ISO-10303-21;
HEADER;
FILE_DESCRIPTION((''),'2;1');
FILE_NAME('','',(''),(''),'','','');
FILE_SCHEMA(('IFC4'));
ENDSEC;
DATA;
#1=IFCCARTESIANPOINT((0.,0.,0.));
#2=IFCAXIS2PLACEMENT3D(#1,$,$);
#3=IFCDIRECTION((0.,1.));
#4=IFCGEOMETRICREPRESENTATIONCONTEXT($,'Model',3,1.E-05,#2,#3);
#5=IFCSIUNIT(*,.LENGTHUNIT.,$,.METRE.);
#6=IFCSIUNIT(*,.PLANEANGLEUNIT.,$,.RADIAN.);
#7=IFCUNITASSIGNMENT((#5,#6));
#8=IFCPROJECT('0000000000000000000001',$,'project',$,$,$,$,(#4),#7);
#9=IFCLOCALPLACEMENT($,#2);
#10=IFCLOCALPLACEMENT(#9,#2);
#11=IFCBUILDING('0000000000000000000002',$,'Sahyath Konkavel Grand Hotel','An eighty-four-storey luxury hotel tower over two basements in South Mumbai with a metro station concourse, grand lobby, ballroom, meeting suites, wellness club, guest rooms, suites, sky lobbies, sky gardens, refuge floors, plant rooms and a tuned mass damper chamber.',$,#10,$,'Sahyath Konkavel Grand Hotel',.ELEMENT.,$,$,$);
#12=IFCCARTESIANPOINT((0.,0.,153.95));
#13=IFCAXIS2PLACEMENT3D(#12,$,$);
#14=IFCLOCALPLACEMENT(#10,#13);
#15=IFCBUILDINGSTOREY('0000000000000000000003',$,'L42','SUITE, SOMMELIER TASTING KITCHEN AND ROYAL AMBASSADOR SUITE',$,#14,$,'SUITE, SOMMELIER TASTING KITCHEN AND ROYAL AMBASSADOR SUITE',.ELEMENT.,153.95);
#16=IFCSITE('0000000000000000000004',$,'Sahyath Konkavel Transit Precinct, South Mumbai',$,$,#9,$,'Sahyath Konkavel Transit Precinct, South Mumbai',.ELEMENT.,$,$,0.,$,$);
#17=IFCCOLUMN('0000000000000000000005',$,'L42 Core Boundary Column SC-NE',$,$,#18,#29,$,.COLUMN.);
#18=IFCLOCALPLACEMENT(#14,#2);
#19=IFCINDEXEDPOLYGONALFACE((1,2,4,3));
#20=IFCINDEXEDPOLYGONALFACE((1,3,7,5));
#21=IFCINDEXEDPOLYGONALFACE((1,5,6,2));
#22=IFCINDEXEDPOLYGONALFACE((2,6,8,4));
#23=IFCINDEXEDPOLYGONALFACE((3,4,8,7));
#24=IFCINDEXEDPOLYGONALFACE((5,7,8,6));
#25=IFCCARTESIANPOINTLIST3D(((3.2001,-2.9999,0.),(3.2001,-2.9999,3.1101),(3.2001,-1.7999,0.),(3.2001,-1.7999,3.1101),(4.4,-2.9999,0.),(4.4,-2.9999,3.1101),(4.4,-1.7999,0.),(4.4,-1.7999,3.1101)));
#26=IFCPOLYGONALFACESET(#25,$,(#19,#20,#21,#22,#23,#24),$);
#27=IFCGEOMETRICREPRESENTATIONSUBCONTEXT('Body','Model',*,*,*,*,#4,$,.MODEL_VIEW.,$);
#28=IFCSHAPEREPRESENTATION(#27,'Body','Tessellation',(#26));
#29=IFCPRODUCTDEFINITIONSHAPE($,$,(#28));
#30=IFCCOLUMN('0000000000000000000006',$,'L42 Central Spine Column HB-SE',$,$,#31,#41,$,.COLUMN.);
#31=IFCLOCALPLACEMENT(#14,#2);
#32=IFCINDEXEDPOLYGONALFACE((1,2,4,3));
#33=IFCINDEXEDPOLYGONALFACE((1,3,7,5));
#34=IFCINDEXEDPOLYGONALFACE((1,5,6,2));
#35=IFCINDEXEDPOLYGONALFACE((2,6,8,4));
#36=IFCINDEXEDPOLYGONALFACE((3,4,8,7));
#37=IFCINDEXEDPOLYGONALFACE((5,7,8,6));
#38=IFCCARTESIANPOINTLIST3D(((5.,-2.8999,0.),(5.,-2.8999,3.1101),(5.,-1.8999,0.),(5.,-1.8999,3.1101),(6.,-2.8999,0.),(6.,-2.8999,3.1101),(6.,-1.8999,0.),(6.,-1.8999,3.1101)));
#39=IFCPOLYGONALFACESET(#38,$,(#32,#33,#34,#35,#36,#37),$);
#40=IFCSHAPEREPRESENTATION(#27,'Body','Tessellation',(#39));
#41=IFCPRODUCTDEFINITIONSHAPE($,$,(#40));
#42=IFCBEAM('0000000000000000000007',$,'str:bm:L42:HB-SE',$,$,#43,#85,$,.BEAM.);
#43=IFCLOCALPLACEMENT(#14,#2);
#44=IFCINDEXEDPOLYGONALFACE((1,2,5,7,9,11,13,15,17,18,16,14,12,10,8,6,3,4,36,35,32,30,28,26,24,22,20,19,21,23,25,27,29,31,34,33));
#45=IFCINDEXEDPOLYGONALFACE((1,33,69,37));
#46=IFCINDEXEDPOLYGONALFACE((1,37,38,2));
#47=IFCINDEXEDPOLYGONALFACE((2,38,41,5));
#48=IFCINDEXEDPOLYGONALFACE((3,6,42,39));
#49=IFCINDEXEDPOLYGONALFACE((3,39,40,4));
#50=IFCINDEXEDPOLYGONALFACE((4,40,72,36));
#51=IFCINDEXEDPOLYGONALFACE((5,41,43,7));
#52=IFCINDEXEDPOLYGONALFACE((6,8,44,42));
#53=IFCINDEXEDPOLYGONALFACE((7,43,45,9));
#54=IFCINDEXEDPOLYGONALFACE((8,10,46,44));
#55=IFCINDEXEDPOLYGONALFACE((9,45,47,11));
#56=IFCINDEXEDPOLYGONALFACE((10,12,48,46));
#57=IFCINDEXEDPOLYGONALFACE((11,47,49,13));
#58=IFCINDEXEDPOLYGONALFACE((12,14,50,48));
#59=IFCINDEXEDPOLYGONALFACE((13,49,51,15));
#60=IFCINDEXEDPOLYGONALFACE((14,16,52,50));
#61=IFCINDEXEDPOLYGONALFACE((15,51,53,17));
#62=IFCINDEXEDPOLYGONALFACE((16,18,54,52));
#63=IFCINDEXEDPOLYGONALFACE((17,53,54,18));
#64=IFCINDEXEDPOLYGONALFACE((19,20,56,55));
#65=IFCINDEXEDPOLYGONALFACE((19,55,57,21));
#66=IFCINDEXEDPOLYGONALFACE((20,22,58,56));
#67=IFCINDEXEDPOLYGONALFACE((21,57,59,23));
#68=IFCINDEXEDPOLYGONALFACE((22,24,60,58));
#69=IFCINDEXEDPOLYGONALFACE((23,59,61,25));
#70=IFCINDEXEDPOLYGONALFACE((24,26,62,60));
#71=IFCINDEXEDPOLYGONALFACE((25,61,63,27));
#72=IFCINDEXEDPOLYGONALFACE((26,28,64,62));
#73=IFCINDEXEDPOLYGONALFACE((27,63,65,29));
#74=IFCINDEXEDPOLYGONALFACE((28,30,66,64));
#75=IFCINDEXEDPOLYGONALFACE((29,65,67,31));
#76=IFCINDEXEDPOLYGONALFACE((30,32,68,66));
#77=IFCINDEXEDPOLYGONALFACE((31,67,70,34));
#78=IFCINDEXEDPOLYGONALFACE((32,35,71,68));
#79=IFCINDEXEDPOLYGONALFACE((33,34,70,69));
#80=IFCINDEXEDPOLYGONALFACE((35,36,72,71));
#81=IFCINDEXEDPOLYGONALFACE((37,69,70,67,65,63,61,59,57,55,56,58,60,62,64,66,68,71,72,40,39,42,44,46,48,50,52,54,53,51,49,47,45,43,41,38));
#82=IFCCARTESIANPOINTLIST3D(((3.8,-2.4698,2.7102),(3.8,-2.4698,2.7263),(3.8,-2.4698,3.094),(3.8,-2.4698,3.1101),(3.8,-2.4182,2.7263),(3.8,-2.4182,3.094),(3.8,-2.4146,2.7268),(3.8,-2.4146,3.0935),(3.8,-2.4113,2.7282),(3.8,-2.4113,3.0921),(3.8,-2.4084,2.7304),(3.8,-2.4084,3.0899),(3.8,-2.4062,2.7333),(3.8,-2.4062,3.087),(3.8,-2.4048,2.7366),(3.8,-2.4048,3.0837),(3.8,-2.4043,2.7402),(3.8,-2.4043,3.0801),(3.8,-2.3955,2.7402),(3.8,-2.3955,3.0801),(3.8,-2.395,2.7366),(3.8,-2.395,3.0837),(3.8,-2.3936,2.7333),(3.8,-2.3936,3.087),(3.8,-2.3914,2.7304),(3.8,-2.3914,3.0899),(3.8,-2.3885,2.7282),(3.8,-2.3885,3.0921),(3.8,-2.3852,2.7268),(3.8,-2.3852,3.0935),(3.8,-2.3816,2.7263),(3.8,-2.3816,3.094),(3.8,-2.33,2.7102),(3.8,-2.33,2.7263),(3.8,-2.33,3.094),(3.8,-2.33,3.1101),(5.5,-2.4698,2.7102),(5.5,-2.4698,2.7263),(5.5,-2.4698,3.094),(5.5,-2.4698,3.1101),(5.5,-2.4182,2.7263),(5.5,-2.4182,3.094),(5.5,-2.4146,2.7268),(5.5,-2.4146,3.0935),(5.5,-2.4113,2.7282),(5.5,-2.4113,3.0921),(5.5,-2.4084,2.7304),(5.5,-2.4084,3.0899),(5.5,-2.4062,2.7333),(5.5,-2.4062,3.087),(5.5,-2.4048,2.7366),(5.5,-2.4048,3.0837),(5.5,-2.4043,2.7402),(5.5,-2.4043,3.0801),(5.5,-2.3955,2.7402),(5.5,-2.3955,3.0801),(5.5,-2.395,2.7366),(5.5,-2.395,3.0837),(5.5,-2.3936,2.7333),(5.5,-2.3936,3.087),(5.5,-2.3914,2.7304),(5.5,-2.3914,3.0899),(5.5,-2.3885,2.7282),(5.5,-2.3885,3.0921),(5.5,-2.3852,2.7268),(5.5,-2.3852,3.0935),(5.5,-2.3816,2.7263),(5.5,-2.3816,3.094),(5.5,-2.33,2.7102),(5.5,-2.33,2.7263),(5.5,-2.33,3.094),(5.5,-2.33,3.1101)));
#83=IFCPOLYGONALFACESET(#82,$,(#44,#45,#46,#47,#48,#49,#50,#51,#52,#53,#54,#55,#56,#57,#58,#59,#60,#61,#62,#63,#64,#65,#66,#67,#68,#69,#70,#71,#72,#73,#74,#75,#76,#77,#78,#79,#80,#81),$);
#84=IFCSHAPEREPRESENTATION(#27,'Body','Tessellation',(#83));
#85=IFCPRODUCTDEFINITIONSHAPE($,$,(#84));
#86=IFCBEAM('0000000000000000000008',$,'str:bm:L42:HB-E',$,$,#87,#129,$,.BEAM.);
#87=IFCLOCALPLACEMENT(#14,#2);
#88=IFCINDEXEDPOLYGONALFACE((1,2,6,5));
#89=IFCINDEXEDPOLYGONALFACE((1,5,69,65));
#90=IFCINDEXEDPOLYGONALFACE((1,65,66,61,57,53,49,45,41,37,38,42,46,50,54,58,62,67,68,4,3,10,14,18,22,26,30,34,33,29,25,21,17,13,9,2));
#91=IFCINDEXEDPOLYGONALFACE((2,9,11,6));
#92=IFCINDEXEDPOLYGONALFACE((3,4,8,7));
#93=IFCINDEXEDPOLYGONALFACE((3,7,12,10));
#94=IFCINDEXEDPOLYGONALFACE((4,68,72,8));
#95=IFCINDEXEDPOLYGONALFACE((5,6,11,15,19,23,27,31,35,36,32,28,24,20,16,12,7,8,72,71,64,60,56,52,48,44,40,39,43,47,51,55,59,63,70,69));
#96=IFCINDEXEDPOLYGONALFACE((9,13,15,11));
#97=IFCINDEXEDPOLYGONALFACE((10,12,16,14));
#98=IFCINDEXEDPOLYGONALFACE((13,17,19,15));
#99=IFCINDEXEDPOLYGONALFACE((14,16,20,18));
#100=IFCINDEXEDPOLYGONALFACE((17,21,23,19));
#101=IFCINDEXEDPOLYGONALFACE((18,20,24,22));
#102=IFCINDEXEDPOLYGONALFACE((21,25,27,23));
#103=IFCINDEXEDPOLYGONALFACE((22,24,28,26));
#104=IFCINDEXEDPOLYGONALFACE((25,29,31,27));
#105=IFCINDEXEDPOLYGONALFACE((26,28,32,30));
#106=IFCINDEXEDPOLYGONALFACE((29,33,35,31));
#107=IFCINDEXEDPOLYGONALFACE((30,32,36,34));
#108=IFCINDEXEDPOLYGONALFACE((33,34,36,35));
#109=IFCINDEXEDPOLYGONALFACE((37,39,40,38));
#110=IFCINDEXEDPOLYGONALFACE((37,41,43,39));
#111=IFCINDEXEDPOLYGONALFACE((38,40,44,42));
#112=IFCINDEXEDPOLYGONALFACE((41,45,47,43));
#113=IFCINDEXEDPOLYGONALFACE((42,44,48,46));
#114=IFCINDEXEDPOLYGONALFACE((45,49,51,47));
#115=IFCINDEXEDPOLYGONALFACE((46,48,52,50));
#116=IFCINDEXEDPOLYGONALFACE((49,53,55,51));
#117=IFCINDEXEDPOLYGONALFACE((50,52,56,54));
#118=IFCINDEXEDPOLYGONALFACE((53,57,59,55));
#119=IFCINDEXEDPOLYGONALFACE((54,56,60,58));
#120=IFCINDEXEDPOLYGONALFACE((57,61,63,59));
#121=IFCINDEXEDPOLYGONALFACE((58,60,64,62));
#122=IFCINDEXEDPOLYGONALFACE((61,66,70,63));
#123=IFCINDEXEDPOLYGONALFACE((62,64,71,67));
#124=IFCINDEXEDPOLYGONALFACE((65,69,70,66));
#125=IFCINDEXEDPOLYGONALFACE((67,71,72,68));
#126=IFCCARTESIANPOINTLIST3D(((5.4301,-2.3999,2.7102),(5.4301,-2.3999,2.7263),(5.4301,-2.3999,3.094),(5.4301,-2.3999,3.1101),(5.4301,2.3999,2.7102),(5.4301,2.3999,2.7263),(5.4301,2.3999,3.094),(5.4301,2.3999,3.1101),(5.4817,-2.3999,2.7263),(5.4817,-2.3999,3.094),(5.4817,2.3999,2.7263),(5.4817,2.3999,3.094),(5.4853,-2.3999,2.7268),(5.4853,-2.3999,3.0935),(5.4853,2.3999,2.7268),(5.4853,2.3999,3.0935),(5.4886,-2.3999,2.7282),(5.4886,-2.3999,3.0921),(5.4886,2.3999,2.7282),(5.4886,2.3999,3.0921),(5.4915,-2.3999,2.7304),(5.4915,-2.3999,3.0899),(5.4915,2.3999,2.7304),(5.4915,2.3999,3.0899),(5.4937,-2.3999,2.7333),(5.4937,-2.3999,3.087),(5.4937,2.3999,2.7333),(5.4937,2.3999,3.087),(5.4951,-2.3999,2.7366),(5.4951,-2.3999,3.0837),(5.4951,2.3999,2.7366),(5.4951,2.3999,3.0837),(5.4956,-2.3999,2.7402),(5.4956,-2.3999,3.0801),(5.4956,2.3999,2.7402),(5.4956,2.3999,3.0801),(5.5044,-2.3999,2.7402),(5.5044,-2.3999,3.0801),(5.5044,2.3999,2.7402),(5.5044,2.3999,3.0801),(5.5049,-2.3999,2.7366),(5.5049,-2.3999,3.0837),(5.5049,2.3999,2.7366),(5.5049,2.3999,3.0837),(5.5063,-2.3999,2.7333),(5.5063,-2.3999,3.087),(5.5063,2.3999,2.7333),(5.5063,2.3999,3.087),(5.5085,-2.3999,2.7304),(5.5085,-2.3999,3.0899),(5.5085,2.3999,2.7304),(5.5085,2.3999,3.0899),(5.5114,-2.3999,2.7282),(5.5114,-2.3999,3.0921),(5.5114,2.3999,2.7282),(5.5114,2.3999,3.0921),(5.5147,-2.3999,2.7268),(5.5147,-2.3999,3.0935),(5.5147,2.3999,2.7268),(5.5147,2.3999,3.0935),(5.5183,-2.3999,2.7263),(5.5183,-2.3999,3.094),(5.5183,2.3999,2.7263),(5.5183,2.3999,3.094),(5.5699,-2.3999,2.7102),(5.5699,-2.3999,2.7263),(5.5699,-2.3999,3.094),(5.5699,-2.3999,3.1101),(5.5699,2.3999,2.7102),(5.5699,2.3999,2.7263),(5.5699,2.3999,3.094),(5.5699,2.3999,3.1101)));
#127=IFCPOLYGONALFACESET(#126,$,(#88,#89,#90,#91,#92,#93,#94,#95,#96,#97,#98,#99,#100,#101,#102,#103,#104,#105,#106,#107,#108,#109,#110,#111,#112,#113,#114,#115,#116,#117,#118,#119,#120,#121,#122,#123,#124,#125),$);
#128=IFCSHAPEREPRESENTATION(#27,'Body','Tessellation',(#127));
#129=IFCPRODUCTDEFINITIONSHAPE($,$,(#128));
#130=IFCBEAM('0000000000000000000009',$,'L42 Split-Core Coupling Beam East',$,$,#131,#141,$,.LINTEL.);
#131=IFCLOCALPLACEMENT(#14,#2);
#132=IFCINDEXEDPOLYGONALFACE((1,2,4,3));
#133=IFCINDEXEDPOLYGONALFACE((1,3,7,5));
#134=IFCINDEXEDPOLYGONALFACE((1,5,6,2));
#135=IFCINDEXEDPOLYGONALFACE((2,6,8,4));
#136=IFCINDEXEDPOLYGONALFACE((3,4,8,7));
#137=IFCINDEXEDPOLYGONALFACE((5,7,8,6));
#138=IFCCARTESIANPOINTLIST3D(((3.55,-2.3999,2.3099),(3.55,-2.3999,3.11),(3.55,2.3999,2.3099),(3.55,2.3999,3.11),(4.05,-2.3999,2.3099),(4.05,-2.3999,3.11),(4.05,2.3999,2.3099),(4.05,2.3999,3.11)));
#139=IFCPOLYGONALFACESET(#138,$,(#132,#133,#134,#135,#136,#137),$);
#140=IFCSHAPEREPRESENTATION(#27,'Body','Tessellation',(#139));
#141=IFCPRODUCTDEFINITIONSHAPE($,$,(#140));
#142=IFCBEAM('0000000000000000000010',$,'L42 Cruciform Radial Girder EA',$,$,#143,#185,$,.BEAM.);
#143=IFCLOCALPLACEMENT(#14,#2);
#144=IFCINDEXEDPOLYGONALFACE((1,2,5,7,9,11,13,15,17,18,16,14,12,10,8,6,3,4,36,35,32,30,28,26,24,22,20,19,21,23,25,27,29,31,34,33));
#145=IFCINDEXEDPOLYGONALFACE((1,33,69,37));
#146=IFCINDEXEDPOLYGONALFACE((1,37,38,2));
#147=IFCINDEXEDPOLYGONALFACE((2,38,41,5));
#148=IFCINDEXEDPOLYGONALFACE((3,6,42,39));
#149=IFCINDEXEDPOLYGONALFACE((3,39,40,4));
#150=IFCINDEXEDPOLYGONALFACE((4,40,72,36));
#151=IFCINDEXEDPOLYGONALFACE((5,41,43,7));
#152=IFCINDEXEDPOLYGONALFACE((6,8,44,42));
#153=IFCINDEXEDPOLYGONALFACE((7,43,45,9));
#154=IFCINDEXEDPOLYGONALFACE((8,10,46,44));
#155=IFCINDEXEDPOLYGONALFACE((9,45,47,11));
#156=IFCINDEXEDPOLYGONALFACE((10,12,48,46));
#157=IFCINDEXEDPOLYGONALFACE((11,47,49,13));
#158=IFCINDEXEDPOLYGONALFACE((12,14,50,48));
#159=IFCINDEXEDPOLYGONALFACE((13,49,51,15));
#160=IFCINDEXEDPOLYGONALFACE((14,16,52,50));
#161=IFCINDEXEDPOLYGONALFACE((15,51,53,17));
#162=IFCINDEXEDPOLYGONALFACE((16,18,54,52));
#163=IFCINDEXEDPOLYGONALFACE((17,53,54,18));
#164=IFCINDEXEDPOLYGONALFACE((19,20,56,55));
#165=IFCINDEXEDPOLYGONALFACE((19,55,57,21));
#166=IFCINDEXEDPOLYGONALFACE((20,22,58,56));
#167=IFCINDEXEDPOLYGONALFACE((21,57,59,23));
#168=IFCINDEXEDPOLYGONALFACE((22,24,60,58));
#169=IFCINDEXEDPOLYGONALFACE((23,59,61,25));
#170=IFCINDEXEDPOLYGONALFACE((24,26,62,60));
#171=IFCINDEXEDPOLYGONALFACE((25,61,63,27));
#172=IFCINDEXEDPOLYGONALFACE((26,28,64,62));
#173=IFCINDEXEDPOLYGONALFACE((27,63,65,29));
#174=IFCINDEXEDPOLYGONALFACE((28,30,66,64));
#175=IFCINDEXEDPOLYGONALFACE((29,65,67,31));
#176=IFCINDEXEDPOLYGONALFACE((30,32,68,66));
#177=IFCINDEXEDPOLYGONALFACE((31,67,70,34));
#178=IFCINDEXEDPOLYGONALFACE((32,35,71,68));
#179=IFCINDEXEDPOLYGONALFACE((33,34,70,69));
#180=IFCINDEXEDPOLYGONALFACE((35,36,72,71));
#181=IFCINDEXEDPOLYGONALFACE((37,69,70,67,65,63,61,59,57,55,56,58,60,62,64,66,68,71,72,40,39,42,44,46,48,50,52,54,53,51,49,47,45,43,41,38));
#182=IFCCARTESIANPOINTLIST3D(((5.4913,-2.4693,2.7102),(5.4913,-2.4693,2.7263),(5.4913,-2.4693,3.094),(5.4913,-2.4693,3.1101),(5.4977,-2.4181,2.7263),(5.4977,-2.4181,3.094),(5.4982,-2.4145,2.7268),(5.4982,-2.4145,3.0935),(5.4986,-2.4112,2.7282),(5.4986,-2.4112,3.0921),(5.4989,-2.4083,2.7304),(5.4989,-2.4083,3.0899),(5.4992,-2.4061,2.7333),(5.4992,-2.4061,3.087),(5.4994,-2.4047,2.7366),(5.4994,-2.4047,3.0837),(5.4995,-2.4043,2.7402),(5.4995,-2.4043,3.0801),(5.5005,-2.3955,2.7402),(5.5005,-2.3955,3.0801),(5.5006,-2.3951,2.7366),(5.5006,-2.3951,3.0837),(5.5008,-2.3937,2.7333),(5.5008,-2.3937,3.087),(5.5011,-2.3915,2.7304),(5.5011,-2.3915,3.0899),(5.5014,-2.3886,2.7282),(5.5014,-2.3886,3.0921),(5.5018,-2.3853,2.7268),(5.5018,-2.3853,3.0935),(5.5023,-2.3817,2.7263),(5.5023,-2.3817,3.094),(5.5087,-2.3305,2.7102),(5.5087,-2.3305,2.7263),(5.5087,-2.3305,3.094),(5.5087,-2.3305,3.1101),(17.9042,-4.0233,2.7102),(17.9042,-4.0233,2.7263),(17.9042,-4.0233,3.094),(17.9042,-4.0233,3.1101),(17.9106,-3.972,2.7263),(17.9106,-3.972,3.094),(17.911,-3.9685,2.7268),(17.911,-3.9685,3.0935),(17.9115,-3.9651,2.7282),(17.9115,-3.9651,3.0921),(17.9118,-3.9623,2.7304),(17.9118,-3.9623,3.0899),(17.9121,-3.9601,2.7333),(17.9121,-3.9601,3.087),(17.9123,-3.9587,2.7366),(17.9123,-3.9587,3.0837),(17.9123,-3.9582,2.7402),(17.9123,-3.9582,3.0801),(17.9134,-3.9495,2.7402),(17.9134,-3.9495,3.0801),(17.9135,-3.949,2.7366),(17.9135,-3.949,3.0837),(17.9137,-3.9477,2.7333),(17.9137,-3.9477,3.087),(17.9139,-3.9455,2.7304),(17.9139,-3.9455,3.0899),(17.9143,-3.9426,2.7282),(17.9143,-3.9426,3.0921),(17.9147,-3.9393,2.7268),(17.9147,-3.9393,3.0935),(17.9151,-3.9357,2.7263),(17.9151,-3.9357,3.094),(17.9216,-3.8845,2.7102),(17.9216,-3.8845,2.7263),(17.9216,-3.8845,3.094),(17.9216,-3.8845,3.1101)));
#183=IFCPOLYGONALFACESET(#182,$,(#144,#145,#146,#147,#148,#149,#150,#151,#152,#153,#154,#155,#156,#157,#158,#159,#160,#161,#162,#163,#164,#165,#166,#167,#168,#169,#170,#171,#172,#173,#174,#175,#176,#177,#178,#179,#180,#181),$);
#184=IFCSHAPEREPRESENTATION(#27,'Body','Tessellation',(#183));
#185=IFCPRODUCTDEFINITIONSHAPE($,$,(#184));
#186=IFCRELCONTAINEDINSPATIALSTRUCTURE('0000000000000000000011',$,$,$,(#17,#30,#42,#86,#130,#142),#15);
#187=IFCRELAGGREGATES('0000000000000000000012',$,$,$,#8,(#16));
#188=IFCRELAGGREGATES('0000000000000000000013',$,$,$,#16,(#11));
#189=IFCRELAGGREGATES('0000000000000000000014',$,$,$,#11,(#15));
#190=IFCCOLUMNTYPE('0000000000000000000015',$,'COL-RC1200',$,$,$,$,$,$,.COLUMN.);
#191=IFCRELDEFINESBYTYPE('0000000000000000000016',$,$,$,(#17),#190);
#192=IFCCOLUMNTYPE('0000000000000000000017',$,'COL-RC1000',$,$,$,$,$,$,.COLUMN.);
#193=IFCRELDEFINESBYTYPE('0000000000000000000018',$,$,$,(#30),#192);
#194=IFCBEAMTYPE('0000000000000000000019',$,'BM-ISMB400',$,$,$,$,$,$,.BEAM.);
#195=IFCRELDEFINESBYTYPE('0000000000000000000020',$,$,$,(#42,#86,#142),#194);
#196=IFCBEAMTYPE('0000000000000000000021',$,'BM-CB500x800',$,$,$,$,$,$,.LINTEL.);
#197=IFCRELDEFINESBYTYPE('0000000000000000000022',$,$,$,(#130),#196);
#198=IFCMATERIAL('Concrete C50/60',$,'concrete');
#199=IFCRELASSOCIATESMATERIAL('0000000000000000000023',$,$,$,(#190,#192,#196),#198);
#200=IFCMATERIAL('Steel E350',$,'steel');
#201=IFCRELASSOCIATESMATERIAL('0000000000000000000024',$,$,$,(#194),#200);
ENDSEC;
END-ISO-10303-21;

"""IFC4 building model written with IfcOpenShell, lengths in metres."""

from ifc_helpers import new_model, si_unit, direction, frame, origin, origin_2d, place, context, subcontext, project, spatial, rectangle, i_section, extrude, source, transform, mapped, material, material_profile, profile_set, type_object, element, save


model = new_model("IFC4")

# Units and contexts
model_context = context("Model", 3, precision=1e-05, world=origin(), true_north=direction((0.0, 1.0)))
body_context = subcontext(model_context, "Body", "Model", "MODEL_VIEW")
ifc_project = project(units=[si_unit("LENGTHUNIT", "METRE"), si_unit("PLANEANGLEUNIT", "RADIAN")], contexts=[model_context])

# Site, building, storey
site_placement = place(None, origin())
site = spatial("IfcSite", under=ifc_project, at=site_placement, Name="Sahyath Konkavel Transit Precinct, South Mumbai", LongName="Sahyath Konkavel Transit Precinct, South Mumbai", CompositionType="ELEMENT", RefElevation=0.0)
building_placement = place(site_placement, origin())
building = spatial("IfcBuilding", under=site, at=building_placement, Name="Sahyath Konkavel Grand Hotel", Description="An eighty-four-storey luxury hotel tower over two basements in South Mumbai with a metro station concourse, grand lobby, ballroom, meeting suites, wellness club, guest rooms, suites, sky lobbies, sky gardens, refuge floors, plant rooms and a tuned mass damper chamber.", LongName="Sahyath Konkavel Grand Hotel", CompositionType="ELEMENT")
storey_placement = place(building_placement, frame((0.0, 0.0, 153.95)))
storey = spatial("IfcBuildingStorey", under=building, at=storey_placement, Name="L42", Description="SUITE, SOMMELIER TASTING KITCHEN AND ROYAL AMBASSADOR SUITE", LongName="SUITE, SOMMELIER TASTING KITCHEN AND ROYAL AMBASSADOR SUITE", CompositionType="ELEMENT", Elevation=153.95)

# Columns
ifc_material_1 = material(Name="Concrete C50/60", Category="concrete")
ifc_material_profile_1 = material_profile(ifc_material_1, rectangle(XDim=1.2, YDim=1.2, at=origin_2d()), Name="RC 1200x1200")
ifc_profile_set_1 = profile_set([ifc_material_profile_1], Name="Concrete C50/60")
column_type_1 = type_object("IfcColumnType", Name="COL-RC1200", PredefinedType="COLUMN", material=ifc_profile_set_1)
shared_shape_1 = source(origin(), body_context, "Body", "SweptSolid", [
    extrude(rectangle(XDim=1.2, YDim=1.2, at=origin_2d()), origin(), (0.0, 0.0, 1.0), 3.1101),
])
column_1_placement = place(storey_placement, frame((3.8, -2.3999, 0.0), z_axis=(0.0, 0.0, 1.0), x_axis=(1.0, 0.0, 0.0)))
element("IfcColumn", 1, at=column_1_placement, inside=storey, type_object=column_type_1, Name="L42 Core Boundary Column SC-NE", PredefinedType="COLUMN", context=body_context, shape_type="MappedRepresentation", body=[
    mapped(shared_shape_1, transform((0.0, 0.0, 0.0), scale=1.0)),
])
ifc_material_profile_2 = material_profile(ifc_material_1, rectangle(XDim=1.0, YDim=1.0, at=origin_2d()), Name="RC 1000x1000")
ifc_profile_set_2 = profile_set([ifc_material_profile_2], Name="Concrete C50/60")
column_type_2 = type_object("IfcColumnType", Name="COL-RC1000", PredefinedType="COLUMN", material=ifc_profile_set_2)
shared_shape_2 = source(origin(), body_context, "Body", "SweptSolid", [
    extrude(rectangle(XDim=1.0, YDim=1.0, at=origin_2d()), origin(), (0.0, 0.0, 1.0), 3.1101),
])
column_2_placement = place(storey_placement, frame((5.5, -2.3999, 0.0), z_axis=(0.0, 0.0, 1.0), x_axis=(1.0, 0.0, 0.0)))
element("IfcColumn", 2, at=column_2_placement, inside=storey, type_object=column_type_2, Name="L42 Central Spine Column HB-SE", PredefinedType="COLUMN", context=body_context, shape_type="MappedRepresentation", body=[
    mapped(shared_shape_2, transform((0.0, 0.0, 0.0), scale=1.0)),
])

# Beams
ifc_material_2 = material(Name="Steel E350", Category="steel")
ifc_material_profile_3 = material_profile(ifc_material_2, i_section(OverallWidth=0.1399, OverallDepth=0.3999, WebThickness=0.0088, FlangeThickness=0.0161, FilletRadius=0.0139, at=origin_2d()), Name="ISMB 400")
ifc_profile_set_3 = profile_set([ifc_material_profile_3], Name="Steel E350")
beam_type_1 = type_object("IfcBeamType", Name="BM-ISMB400", PredefinedType="BEAM", material=ifc_profile_set_3)
shared_shape_3 = source(origin(), body_context, "Body", "SweptSolid", [
    extrude(i_section(OverallWidth=0.1399, OverallDepth=0.3999, WebThickness=0.0088, FlangeThickness=0.0161, FilletRadius=0.0139, at=origin_2d()), origin(), (0.0, 0.0, 1.0), 1.7),
])
beam_1_placement = place(storey_placement, frame((3.8, -2.3999, 2.9102), z_axis=(1.0, 0.0, 0.0), x_axis=(0.0, 1.0, 0.0)))
element("IfcBeam", 3, at=beam_1_placement, inside=storey, type_object=beam_type_1, Name="str:bm:L42:HB-SE", PredefinedType="BEAM", context=body_context, shape_type="MappedRepresentation", body=[
    mapped(shared_shape_3, transform((0.0, 0.0, 0.0), scale=1.0)),
])
shared_shape_4 = source(origin(), body_context, "Body", "SweptSolid", [
    extrude(i_section(OverallWidth=0.1399, OverallDepth=0.3999, WebThickness=0.0088, FlangeThickness=0.0161, FilletRadius=0.0139, at=origin_2d()), origin(), (0.0, 0.0, 1.0), 4.7998),
])
beam_2_placement = place(storey_placement, frame((5.5, -2.3999, 2.9102), z_axis=(0.0, 1.0, 0.0), x_axis=(-1.0, 0.0, 0.0)))
element("IfcBeam", 4, at=beam_2_placement, inside=storey, type_object=beam_type_1, Name="str:bm:L42:HB-E", PredefinedType="BEAM", context=body_context, shape_type="MappedRepresentation", body=[
    mapped(shared_shape_4, transform((0.0, 0.0, 0.0), scale=1.0)),
])
ifc_material_profile_4 = material_profile(ifc_material_1, rectangle(XDim=0.5, YDim=0.8, at=origin_2d()), Name="RC 500x800")
ifc_profile_set_4 = profile_set([ifc_material_profile_4], Name="Concrete C50/60")
beam_type_2 = type_object("IfcBeamType", Name="BM-CB500x800", PredefinedType="LINTEL", material=ifc_profile_set_4)
shared_shape_5 = source(origin(), body_context, "Body", "SweptSolid", [
    extrude(rectangle(XDim=0.5, YDim=0.8, at=origin_2d()), origin(), (0.0, 0.0, 1.0), 4.7998),
])
beam_3_placement = place(storey_placement, frame((3.8, -2.3999, 2.71), z_axis=(0.0, 1.0, 0.0), x_axis=(-1.0, 0.0, 0.0)))
element("IfcBeam", 5, at=beam_3_placement, inside=storey, type_object=beam_type_2, Name="L42 Split-Core Coupling Beam East", PredefinedType="LINTEL", context=body_context, shape_type="MappedRepresentation", body=[
    mapped(shared_shape_5, transform((0.0, 0.0, 0.0), scale=1.0)),
])
shared_shape_6 = source(origin(), body_context, "Body", "SweptSolid", [
    extrude(i_section(OverallWidth=0.1399, OverallDepth=0.3999, WebThickness=0.0088, FlangeThickness=0.0161, FilletRadius=0.0139, at=origin_2d()), origin(), (0.0, 0.0, 1.0), 12.5098),
])
beam_4_placement = place(storey_placement, frame((5.5, -2.3999, 2.9102), z_axis=(0.992255, -0.12422, 0.0), x_axis=(0.12422, 0.992255, 0.0)))
element("IfcBeam", 6, at=beam_4_placement, inside=storey, type_object=beam_type_1, Name="L42 Cruciform Radial Girder EA", PredefinedType="BEAM", context=body_context, shape_type="MappedRepresentation", body=[
    mapped(shared_shape_6, transform((0.0, 0.0, 0.0), scale=1.0)),
])

save(model, "model.ifc")
